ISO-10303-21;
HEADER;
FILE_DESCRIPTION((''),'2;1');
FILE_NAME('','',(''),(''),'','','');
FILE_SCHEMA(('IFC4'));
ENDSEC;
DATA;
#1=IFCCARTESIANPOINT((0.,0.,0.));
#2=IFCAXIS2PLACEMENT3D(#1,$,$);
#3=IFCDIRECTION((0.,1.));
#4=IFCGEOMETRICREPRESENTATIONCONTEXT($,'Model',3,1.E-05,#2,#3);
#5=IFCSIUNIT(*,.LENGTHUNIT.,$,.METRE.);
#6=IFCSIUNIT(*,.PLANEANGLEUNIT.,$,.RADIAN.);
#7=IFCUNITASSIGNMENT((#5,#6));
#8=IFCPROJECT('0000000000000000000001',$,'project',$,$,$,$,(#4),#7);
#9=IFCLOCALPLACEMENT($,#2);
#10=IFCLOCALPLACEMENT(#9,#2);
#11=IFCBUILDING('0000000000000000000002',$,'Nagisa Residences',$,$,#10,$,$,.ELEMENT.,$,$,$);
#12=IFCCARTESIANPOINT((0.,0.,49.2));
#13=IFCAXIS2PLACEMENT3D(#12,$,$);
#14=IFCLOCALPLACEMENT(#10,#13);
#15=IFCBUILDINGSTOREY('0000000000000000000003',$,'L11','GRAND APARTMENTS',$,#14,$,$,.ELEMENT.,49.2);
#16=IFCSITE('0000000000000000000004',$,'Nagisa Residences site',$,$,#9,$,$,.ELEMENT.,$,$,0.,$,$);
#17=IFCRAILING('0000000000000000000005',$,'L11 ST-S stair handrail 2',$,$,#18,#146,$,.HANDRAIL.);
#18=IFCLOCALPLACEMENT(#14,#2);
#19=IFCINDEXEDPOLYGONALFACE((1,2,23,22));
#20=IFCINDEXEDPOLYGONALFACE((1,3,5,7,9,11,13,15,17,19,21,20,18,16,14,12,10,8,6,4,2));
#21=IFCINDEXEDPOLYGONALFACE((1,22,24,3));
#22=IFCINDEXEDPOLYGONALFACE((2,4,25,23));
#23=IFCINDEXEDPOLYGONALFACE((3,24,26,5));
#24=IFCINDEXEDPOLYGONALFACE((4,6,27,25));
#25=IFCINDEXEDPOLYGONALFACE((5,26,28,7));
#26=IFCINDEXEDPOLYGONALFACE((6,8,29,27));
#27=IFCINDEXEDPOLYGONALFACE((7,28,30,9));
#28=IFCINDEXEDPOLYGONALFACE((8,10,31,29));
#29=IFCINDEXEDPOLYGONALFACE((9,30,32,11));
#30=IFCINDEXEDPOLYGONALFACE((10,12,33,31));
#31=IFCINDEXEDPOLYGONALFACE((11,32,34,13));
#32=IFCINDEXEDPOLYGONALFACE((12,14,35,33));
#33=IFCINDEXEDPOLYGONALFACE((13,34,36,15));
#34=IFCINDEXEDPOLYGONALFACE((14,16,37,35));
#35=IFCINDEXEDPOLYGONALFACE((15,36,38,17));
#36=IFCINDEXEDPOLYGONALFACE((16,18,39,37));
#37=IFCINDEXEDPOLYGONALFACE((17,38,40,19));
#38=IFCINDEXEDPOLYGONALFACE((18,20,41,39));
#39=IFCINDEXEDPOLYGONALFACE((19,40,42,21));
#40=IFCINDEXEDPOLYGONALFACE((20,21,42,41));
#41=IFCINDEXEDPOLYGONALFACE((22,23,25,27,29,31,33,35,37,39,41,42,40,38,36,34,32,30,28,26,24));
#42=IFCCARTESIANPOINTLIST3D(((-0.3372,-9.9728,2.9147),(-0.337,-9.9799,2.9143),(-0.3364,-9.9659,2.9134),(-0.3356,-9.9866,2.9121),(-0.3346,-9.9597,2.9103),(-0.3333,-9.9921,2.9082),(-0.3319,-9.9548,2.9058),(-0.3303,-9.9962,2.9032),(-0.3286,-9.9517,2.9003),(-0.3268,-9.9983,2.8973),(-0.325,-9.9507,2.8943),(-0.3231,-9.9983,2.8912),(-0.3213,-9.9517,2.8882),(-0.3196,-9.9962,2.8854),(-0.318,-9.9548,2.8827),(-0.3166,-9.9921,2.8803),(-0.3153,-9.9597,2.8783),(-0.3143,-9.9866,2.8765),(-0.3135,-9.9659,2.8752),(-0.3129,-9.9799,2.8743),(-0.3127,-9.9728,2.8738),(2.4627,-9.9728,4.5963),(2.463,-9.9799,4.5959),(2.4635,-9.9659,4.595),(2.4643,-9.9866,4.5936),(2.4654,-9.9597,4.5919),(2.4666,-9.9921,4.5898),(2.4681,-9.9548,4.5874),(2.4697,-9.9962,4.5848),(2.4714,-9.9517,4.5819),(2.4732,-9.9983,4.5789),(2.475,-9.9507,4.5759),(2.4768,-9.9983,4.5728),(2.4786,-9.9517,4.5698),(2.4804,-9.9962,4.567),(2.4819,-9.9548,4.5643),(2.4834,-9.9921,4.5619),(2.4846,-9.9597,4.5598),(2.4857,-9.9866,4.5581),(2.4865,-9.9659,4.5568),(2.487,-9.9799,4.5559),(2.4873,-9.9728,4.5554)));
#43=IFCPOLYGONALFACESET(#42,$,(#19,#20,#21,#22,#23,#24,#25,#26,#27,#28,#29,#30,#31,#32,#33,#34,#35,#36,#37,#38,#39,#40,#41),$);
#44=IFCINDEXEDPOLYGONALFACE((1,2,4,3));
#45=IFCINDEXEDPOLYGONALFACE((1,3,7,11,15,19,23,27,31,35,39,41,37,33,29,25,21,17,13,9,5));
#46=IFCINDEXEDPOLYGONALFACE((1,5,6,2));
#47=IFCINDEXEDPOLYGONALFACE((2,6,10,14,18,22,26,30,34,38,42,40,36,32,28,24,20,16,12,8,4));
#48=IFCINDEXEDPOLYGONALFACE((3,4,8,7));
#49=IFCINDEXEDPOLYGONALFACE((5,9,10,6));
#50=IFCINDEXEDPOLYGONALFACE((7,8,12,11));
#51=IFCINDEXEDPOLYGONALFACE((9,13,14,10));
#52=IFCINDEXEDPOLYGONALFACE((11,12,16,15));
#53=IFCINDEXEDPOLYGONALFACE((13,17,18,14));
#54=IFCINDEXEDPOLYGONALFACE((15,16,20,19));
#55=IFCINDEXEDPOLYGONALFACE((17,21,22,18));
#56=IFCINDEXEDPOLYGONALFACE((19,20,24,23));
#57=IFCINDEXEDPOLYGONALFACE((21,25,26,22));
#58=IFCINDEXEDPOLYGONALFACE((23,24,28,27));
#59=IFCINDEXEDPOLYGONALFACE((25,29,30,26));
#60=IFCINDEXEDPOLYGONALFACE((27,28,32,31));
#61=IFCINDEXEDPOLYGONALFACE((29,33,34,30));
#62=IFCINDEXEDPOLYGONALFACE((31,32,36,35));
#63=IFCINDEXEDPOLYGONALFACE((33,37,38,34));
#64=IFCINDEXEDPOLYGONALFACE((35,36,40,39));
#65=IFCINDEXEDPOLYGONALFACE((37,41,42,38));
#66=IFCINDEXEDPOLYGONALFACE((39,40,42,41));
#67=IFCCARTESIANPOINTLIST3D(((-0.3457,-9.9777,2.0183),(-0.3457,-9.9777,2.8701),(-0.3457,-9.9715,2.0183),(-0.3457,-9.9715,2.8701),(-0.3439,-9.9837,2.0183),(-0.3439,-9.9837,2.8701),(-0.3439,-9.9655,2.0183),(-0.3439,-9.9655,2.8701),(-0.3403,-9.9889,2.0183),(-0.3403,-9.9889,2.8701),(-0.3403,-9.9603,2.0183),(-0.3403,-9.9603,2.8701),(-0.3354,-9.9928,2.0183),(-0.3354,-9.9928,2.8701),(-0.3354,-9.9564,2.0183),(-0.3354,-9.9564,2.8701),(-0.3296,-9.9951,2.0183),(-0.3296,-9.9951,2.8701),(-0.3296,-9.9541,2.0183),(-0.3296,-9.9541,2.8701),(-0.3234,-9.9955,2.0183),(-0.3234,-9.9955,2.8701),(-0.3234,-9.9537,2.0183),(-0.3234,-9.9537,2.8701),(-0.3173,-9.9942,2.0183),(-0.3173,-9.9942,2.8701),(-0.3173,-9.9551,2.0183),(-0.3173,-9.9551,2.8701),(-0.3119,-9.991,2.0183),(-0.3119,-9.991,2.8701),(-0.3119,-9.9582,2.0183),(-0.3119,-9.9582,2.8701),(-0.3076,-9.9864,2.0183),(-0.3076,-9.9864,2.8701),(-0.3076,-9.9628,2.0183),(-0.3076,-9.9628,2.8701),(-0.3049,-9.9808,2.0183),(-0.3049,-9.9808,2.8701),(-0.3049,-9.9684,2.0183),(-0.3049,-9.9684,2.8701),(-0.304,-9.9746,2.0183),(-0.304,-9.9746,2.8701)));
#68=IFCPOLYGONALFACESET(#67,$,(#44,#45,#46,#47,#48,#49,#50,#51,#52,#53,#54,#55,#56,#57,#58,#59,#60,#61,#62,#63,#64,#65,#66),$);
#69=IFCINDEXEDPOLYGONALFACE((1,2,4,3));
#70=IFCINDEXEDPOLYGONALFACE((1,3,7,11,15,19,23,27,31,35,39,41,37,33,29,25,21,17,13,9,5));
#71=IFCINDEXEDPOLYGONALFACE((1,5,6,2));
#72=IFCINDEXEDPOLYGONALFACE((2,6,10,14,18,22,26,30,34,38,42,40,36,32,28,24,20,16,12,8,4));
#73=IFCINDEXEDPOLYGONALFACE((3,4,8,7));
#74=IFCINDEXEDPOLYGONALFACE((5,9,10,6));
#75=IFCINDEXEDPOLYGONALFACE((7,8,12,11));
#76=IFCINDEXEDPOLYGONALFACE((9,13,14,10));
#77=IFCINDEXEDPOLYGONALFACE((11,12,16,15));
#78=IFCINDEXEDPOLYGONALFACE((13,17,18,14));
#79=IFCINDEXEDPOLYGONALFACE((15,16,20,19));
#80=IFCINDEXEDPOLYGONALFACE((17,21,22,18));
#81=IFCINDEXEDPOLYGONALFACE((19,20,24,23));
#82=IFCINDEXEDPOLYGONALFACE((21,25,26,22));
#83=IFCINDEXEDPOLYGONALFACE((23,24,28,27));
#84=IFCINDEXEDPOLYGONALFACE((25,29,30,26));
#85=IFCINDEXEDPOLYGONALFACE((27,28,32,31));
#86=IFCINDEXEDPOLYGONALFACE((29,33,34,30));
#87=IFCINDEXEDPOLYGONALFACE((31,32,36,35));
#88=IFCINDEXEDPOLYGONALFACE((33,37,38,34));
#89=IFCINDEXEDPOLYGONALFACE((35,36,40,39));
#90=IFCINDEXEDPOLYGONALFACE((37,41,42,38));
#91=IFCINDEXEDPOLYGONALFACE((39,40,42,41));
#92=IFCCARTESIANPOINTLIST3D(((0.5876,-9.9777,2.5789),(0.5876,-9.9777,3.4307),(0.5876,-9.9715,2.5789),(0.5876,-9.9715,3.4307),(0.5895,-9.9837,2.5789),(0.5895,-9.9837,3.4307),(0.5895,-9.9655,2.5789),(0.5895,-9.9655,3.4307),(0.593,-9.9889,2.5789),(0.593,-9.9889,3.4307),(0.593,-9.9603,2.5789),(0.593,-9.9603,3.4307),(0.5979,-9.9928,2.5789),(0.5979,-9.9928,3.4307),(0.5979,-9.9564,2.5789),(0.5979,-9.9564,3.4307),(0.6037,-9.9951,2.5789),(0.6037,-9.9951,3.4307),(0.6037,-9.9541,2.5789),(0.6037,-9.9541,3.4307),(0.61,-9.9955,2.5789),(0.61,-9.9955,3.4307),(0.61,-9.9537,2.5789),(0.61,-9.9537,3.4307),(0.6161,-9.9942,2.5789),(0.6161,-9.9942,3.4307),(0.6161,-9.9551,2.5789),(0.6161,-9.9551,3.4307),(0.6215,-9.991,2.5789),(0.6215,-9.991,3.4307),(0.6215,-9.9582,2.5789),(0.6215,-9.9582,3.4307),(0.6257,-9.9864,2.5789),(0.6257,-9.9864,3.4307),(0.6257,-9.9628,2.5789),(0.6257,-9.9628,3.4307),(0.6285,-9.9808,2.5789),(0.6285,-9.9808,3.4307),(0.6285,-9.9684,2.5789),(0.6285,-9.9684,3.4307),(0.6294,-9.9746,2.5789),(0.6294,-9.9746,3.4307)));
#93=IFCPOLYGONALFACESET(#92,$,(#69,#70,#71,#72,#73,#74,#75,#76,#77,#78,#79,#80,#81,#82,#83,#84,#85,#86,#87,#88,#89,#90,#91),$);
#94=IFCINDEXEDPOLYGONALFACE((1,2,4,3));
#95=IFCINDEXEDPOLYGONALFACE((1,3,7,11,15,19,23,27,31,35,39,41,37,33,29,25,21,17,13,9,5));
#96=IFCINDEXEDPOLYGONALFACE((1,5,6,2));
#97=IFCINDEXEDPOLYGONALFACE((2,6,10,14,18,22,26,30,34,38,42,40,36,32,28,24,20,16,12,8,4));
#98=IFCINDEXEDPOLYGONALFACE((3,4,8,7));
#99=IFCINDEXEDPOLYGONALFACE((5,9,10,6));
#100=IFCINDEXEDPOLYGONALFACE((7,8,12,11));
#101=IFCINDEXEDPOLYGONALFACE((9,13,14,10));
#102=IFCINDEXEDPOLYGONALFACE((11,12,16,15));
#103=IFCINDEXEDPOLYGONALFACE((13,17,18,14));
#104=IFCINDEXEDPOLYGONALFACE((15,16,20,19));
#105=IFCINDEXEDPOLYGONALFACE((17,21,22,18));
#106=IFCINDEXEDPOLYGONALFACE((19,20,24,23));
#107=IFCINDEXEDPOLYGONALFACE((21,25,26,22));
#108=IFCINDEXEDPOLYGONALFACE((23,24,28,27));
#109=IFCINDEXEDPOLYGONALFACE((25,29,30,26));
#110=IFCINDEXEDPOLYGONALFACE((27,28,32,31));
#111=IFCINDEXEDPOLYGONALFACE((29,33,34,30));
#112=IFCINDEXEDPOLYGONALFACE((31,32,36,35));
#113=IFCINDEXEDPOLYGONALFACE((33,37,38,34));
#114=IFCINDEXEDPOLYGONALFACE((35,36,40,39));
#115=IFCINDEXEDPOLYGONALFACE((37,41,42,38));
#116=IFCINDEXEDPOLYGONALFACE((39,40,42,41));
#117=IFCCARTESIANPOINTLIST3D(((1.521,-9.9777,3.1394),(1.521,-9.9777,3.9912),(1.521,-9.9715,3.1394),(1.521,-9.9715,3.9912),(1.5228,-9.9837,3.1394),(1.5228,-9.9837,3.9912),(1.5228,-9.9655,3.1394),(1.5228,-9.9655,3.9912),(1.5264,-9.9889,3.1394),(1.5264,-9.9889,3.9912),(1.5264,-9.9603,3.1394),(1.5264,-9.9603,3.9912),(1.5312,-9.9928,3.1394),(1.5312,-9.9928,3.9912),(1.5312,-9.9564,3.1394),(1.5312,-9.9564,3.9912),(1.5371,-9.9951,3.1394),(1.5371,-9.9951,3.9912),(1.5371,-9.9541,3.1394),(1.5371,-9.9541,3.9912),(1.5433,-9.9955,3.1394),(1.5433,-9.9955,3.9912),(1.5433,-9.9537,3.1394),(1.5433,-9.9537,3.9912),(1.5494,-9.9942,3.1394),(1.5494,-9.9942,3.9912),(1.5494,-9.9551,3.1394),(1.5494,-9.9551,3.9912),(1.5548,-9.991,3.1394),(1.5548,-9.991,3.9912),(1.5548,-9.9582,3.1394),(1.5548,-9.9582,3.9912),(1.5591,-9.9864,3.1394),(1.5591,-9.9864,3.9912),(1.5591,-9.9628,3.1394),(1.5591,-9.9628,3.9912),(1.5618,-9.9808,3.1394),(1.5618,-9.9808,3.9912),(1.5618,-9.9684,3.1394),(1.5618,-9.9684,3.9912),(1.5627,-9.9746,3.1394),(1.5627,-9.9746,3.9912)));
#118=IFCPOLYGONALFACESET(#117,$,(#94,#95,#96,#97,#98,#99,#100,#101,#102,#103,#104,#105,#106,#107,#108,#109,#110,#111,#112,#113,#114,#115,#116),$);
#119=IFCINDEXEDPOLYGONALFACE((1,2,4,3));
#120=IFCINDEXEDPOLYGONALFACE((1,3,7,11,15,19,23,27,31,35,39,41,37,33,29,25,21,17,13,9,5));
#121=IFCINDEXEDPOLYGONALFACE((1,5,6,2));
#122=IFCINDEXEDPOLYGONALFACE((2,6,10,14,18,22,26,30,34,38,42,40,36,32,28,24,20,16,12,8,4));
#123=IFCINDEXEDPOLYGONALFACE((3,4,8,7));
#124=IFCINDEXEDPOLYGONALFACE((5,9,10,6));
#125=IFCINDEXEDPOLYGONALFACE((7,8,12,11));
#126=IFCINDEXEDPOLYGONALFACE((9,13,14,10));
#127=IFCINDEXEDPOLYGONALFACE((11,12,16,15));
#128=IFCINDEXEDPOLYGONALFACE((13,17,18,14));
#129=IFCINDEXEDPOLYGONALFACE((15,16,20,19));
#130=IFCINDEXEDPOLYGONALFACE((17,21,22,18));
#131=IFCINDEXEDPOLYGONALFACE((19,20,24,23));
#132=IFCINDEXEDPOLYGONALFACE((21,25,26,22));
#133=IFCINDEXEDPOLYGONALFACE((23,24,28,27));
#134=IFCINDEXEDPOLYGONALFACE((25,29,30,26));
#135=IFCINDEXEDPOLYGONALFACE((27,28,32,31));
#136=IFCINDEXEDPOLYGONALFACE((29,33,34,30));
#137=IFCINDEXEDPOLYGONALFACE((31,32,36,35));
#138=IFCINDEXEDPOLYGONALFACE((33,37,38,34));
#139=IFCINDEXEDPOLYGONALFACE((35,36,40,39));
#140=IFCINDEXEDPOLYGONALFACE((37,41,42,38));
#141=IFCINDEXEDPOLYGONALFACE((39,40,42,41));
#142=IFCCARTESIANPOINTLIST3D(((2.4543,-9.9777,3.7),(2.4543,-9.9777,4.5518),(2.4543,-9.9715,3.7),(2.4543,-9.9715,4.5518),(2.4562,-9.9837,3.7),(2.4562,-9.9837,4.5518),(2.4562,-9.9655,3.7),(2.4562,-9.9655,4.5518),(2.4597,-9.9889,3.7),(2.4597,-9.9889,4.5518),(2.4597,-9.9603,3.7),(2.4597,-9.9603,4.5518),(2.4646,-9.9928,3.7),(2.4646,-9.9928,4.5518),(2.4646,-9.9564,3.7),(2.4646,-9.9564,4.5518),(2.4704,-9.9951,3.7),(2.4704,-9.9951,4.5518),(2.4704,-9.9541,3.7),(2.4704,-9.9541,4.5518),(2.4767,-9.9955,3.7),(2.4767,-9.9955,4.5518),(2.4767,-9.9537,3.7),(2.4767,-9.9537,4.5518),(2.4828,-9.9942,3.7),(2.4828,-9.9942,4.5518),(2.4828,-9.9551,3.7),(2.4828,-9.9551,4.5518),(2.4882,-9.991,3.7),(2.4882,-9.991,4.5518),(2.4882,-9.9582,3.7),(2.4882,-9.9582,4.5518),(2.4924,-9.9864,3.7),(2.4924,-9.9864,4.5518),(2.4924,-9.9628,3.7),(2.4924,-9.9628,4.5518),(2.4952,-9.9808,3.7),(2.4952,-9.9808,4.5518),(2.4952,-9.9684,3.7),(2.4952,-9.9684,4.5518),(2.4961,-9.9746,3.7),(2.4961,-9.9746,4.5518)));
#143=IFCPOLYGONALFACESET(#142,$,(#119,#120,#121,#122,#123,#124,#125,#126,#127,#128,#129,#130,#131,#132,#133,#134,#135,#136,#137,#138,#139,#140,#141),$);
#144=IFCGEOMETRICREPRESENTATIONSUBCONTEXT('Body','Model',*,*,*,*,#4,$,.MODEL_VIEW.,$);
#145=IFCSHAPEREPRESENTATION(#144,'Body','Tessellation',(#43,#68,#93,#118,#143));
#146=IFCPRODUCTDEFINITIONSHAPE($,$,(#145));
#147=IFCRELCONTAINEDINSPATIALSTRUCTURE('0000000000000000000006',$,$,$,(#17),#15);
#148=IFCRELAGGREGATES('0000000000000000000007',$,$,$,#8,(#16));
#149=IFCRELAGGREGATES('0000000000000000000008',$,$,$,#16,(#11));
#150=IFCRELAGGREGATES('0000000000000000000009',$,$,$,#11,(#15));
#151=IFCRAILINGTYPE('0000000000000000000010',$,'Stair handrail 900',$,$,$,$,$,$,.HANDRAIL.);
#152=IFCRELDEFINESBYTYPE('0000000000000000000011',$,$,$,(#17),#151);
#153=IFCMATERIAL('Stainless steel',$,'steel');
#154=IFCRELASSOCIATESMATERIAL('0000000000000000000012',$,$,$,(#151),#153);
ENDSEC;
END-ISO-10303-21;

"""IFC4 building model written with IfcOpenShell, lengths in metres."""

from ifc_helpers import new_model, si_unit, direction, frame, origin, origin_2d, place, context, subcontext, project, spatial, circle, extrude, material, type_object, element, save


model = new_model("IFC4")

# Units and contexts
model_context = context("Model", 3, precision=1e-05, world=origin(), true_north=direction((0.0, 1.0)))
body_context = subcontext(model_context, "Body", "Model", "MODEL_VIEW")
ifc_project = project(units=[si_unit("LENGTHUNIT", "METRE"), si_unit("PLANEANGLEUNIT", "RADIAN")], contexts=[model_context])

# Site, building, storey
site_placement = place(None, origin())
site = spatial("IfcSite", under=ifc_project, at=site_placement, Name="Nagisa Residences site", CompositionType="ELEMENT", RefElevation=0.0)
building_placement = place(site_placement, origin())
building = spatial("IfcBuilding", under=site, at=building_placement, Name="Nagisa Residences", CompositionType="ELEMENT")
storey_placement = place(building_placement, frame((0.0, 0.0, 49.2)))
storey = spatial("IfcBuildingStorey", under=building, at=storey_placement, Name="L11", Description="GRAND APARTMENTS", CompositionType="ELEMENT", Elevation=49.2)

# Railing
ifc_material_1 = material(Name="Stainless steel", Category="steel")
railing_type = type_object("IfcRailingType", Name="Stair handrail 900", PredefinedType="HANDRAIL", material=ifc_material_1)
railing_placement = place(storey_placement, frame((-0.325, -9.9746, 2.0183)))
element("IfcRailing", 1, at=railing_placement, inside=storey, type_object=railing_type, Name="L11 ST-S stair handrail 2", PredefinedType="HANDRAIL", context=body_context, shape_type="SweptSolid", body=[
    extrude(circle(Radius=0.0239, at=origin_2d()), frame((0.0, 0.0, 0.876), z_axis=(0.857275, 0.0, 0.514858), x_axis=(0.0, 1.0, 0.0)), (0.0, 0.0, 1.0), 3.2661),
    extrude(circle(Radius=0.021, at=origin_2d()), origin(), (0.0, 0.0, 1.0), 0.8518),
    extrude(circle(Radius=0.021, at=origin_2d()), frame((0.9333, 0.0, 0.5605)), (0.0, 0.0, 1.0), 0.8518),
    extrude(circle(Radius=0.021, at=origin_2d()), frame((1.8667, 0.0, 1.1211)), (0.0, 0.0, 1.0), 0.8518),
    extrude(circle(Radius=0.021, at=origin_2d()), frame((2.8, 0.0, 1.6816)), (0.0, 0.0, 1.0), 0.8518),
])

save(model, "model.ifc")
